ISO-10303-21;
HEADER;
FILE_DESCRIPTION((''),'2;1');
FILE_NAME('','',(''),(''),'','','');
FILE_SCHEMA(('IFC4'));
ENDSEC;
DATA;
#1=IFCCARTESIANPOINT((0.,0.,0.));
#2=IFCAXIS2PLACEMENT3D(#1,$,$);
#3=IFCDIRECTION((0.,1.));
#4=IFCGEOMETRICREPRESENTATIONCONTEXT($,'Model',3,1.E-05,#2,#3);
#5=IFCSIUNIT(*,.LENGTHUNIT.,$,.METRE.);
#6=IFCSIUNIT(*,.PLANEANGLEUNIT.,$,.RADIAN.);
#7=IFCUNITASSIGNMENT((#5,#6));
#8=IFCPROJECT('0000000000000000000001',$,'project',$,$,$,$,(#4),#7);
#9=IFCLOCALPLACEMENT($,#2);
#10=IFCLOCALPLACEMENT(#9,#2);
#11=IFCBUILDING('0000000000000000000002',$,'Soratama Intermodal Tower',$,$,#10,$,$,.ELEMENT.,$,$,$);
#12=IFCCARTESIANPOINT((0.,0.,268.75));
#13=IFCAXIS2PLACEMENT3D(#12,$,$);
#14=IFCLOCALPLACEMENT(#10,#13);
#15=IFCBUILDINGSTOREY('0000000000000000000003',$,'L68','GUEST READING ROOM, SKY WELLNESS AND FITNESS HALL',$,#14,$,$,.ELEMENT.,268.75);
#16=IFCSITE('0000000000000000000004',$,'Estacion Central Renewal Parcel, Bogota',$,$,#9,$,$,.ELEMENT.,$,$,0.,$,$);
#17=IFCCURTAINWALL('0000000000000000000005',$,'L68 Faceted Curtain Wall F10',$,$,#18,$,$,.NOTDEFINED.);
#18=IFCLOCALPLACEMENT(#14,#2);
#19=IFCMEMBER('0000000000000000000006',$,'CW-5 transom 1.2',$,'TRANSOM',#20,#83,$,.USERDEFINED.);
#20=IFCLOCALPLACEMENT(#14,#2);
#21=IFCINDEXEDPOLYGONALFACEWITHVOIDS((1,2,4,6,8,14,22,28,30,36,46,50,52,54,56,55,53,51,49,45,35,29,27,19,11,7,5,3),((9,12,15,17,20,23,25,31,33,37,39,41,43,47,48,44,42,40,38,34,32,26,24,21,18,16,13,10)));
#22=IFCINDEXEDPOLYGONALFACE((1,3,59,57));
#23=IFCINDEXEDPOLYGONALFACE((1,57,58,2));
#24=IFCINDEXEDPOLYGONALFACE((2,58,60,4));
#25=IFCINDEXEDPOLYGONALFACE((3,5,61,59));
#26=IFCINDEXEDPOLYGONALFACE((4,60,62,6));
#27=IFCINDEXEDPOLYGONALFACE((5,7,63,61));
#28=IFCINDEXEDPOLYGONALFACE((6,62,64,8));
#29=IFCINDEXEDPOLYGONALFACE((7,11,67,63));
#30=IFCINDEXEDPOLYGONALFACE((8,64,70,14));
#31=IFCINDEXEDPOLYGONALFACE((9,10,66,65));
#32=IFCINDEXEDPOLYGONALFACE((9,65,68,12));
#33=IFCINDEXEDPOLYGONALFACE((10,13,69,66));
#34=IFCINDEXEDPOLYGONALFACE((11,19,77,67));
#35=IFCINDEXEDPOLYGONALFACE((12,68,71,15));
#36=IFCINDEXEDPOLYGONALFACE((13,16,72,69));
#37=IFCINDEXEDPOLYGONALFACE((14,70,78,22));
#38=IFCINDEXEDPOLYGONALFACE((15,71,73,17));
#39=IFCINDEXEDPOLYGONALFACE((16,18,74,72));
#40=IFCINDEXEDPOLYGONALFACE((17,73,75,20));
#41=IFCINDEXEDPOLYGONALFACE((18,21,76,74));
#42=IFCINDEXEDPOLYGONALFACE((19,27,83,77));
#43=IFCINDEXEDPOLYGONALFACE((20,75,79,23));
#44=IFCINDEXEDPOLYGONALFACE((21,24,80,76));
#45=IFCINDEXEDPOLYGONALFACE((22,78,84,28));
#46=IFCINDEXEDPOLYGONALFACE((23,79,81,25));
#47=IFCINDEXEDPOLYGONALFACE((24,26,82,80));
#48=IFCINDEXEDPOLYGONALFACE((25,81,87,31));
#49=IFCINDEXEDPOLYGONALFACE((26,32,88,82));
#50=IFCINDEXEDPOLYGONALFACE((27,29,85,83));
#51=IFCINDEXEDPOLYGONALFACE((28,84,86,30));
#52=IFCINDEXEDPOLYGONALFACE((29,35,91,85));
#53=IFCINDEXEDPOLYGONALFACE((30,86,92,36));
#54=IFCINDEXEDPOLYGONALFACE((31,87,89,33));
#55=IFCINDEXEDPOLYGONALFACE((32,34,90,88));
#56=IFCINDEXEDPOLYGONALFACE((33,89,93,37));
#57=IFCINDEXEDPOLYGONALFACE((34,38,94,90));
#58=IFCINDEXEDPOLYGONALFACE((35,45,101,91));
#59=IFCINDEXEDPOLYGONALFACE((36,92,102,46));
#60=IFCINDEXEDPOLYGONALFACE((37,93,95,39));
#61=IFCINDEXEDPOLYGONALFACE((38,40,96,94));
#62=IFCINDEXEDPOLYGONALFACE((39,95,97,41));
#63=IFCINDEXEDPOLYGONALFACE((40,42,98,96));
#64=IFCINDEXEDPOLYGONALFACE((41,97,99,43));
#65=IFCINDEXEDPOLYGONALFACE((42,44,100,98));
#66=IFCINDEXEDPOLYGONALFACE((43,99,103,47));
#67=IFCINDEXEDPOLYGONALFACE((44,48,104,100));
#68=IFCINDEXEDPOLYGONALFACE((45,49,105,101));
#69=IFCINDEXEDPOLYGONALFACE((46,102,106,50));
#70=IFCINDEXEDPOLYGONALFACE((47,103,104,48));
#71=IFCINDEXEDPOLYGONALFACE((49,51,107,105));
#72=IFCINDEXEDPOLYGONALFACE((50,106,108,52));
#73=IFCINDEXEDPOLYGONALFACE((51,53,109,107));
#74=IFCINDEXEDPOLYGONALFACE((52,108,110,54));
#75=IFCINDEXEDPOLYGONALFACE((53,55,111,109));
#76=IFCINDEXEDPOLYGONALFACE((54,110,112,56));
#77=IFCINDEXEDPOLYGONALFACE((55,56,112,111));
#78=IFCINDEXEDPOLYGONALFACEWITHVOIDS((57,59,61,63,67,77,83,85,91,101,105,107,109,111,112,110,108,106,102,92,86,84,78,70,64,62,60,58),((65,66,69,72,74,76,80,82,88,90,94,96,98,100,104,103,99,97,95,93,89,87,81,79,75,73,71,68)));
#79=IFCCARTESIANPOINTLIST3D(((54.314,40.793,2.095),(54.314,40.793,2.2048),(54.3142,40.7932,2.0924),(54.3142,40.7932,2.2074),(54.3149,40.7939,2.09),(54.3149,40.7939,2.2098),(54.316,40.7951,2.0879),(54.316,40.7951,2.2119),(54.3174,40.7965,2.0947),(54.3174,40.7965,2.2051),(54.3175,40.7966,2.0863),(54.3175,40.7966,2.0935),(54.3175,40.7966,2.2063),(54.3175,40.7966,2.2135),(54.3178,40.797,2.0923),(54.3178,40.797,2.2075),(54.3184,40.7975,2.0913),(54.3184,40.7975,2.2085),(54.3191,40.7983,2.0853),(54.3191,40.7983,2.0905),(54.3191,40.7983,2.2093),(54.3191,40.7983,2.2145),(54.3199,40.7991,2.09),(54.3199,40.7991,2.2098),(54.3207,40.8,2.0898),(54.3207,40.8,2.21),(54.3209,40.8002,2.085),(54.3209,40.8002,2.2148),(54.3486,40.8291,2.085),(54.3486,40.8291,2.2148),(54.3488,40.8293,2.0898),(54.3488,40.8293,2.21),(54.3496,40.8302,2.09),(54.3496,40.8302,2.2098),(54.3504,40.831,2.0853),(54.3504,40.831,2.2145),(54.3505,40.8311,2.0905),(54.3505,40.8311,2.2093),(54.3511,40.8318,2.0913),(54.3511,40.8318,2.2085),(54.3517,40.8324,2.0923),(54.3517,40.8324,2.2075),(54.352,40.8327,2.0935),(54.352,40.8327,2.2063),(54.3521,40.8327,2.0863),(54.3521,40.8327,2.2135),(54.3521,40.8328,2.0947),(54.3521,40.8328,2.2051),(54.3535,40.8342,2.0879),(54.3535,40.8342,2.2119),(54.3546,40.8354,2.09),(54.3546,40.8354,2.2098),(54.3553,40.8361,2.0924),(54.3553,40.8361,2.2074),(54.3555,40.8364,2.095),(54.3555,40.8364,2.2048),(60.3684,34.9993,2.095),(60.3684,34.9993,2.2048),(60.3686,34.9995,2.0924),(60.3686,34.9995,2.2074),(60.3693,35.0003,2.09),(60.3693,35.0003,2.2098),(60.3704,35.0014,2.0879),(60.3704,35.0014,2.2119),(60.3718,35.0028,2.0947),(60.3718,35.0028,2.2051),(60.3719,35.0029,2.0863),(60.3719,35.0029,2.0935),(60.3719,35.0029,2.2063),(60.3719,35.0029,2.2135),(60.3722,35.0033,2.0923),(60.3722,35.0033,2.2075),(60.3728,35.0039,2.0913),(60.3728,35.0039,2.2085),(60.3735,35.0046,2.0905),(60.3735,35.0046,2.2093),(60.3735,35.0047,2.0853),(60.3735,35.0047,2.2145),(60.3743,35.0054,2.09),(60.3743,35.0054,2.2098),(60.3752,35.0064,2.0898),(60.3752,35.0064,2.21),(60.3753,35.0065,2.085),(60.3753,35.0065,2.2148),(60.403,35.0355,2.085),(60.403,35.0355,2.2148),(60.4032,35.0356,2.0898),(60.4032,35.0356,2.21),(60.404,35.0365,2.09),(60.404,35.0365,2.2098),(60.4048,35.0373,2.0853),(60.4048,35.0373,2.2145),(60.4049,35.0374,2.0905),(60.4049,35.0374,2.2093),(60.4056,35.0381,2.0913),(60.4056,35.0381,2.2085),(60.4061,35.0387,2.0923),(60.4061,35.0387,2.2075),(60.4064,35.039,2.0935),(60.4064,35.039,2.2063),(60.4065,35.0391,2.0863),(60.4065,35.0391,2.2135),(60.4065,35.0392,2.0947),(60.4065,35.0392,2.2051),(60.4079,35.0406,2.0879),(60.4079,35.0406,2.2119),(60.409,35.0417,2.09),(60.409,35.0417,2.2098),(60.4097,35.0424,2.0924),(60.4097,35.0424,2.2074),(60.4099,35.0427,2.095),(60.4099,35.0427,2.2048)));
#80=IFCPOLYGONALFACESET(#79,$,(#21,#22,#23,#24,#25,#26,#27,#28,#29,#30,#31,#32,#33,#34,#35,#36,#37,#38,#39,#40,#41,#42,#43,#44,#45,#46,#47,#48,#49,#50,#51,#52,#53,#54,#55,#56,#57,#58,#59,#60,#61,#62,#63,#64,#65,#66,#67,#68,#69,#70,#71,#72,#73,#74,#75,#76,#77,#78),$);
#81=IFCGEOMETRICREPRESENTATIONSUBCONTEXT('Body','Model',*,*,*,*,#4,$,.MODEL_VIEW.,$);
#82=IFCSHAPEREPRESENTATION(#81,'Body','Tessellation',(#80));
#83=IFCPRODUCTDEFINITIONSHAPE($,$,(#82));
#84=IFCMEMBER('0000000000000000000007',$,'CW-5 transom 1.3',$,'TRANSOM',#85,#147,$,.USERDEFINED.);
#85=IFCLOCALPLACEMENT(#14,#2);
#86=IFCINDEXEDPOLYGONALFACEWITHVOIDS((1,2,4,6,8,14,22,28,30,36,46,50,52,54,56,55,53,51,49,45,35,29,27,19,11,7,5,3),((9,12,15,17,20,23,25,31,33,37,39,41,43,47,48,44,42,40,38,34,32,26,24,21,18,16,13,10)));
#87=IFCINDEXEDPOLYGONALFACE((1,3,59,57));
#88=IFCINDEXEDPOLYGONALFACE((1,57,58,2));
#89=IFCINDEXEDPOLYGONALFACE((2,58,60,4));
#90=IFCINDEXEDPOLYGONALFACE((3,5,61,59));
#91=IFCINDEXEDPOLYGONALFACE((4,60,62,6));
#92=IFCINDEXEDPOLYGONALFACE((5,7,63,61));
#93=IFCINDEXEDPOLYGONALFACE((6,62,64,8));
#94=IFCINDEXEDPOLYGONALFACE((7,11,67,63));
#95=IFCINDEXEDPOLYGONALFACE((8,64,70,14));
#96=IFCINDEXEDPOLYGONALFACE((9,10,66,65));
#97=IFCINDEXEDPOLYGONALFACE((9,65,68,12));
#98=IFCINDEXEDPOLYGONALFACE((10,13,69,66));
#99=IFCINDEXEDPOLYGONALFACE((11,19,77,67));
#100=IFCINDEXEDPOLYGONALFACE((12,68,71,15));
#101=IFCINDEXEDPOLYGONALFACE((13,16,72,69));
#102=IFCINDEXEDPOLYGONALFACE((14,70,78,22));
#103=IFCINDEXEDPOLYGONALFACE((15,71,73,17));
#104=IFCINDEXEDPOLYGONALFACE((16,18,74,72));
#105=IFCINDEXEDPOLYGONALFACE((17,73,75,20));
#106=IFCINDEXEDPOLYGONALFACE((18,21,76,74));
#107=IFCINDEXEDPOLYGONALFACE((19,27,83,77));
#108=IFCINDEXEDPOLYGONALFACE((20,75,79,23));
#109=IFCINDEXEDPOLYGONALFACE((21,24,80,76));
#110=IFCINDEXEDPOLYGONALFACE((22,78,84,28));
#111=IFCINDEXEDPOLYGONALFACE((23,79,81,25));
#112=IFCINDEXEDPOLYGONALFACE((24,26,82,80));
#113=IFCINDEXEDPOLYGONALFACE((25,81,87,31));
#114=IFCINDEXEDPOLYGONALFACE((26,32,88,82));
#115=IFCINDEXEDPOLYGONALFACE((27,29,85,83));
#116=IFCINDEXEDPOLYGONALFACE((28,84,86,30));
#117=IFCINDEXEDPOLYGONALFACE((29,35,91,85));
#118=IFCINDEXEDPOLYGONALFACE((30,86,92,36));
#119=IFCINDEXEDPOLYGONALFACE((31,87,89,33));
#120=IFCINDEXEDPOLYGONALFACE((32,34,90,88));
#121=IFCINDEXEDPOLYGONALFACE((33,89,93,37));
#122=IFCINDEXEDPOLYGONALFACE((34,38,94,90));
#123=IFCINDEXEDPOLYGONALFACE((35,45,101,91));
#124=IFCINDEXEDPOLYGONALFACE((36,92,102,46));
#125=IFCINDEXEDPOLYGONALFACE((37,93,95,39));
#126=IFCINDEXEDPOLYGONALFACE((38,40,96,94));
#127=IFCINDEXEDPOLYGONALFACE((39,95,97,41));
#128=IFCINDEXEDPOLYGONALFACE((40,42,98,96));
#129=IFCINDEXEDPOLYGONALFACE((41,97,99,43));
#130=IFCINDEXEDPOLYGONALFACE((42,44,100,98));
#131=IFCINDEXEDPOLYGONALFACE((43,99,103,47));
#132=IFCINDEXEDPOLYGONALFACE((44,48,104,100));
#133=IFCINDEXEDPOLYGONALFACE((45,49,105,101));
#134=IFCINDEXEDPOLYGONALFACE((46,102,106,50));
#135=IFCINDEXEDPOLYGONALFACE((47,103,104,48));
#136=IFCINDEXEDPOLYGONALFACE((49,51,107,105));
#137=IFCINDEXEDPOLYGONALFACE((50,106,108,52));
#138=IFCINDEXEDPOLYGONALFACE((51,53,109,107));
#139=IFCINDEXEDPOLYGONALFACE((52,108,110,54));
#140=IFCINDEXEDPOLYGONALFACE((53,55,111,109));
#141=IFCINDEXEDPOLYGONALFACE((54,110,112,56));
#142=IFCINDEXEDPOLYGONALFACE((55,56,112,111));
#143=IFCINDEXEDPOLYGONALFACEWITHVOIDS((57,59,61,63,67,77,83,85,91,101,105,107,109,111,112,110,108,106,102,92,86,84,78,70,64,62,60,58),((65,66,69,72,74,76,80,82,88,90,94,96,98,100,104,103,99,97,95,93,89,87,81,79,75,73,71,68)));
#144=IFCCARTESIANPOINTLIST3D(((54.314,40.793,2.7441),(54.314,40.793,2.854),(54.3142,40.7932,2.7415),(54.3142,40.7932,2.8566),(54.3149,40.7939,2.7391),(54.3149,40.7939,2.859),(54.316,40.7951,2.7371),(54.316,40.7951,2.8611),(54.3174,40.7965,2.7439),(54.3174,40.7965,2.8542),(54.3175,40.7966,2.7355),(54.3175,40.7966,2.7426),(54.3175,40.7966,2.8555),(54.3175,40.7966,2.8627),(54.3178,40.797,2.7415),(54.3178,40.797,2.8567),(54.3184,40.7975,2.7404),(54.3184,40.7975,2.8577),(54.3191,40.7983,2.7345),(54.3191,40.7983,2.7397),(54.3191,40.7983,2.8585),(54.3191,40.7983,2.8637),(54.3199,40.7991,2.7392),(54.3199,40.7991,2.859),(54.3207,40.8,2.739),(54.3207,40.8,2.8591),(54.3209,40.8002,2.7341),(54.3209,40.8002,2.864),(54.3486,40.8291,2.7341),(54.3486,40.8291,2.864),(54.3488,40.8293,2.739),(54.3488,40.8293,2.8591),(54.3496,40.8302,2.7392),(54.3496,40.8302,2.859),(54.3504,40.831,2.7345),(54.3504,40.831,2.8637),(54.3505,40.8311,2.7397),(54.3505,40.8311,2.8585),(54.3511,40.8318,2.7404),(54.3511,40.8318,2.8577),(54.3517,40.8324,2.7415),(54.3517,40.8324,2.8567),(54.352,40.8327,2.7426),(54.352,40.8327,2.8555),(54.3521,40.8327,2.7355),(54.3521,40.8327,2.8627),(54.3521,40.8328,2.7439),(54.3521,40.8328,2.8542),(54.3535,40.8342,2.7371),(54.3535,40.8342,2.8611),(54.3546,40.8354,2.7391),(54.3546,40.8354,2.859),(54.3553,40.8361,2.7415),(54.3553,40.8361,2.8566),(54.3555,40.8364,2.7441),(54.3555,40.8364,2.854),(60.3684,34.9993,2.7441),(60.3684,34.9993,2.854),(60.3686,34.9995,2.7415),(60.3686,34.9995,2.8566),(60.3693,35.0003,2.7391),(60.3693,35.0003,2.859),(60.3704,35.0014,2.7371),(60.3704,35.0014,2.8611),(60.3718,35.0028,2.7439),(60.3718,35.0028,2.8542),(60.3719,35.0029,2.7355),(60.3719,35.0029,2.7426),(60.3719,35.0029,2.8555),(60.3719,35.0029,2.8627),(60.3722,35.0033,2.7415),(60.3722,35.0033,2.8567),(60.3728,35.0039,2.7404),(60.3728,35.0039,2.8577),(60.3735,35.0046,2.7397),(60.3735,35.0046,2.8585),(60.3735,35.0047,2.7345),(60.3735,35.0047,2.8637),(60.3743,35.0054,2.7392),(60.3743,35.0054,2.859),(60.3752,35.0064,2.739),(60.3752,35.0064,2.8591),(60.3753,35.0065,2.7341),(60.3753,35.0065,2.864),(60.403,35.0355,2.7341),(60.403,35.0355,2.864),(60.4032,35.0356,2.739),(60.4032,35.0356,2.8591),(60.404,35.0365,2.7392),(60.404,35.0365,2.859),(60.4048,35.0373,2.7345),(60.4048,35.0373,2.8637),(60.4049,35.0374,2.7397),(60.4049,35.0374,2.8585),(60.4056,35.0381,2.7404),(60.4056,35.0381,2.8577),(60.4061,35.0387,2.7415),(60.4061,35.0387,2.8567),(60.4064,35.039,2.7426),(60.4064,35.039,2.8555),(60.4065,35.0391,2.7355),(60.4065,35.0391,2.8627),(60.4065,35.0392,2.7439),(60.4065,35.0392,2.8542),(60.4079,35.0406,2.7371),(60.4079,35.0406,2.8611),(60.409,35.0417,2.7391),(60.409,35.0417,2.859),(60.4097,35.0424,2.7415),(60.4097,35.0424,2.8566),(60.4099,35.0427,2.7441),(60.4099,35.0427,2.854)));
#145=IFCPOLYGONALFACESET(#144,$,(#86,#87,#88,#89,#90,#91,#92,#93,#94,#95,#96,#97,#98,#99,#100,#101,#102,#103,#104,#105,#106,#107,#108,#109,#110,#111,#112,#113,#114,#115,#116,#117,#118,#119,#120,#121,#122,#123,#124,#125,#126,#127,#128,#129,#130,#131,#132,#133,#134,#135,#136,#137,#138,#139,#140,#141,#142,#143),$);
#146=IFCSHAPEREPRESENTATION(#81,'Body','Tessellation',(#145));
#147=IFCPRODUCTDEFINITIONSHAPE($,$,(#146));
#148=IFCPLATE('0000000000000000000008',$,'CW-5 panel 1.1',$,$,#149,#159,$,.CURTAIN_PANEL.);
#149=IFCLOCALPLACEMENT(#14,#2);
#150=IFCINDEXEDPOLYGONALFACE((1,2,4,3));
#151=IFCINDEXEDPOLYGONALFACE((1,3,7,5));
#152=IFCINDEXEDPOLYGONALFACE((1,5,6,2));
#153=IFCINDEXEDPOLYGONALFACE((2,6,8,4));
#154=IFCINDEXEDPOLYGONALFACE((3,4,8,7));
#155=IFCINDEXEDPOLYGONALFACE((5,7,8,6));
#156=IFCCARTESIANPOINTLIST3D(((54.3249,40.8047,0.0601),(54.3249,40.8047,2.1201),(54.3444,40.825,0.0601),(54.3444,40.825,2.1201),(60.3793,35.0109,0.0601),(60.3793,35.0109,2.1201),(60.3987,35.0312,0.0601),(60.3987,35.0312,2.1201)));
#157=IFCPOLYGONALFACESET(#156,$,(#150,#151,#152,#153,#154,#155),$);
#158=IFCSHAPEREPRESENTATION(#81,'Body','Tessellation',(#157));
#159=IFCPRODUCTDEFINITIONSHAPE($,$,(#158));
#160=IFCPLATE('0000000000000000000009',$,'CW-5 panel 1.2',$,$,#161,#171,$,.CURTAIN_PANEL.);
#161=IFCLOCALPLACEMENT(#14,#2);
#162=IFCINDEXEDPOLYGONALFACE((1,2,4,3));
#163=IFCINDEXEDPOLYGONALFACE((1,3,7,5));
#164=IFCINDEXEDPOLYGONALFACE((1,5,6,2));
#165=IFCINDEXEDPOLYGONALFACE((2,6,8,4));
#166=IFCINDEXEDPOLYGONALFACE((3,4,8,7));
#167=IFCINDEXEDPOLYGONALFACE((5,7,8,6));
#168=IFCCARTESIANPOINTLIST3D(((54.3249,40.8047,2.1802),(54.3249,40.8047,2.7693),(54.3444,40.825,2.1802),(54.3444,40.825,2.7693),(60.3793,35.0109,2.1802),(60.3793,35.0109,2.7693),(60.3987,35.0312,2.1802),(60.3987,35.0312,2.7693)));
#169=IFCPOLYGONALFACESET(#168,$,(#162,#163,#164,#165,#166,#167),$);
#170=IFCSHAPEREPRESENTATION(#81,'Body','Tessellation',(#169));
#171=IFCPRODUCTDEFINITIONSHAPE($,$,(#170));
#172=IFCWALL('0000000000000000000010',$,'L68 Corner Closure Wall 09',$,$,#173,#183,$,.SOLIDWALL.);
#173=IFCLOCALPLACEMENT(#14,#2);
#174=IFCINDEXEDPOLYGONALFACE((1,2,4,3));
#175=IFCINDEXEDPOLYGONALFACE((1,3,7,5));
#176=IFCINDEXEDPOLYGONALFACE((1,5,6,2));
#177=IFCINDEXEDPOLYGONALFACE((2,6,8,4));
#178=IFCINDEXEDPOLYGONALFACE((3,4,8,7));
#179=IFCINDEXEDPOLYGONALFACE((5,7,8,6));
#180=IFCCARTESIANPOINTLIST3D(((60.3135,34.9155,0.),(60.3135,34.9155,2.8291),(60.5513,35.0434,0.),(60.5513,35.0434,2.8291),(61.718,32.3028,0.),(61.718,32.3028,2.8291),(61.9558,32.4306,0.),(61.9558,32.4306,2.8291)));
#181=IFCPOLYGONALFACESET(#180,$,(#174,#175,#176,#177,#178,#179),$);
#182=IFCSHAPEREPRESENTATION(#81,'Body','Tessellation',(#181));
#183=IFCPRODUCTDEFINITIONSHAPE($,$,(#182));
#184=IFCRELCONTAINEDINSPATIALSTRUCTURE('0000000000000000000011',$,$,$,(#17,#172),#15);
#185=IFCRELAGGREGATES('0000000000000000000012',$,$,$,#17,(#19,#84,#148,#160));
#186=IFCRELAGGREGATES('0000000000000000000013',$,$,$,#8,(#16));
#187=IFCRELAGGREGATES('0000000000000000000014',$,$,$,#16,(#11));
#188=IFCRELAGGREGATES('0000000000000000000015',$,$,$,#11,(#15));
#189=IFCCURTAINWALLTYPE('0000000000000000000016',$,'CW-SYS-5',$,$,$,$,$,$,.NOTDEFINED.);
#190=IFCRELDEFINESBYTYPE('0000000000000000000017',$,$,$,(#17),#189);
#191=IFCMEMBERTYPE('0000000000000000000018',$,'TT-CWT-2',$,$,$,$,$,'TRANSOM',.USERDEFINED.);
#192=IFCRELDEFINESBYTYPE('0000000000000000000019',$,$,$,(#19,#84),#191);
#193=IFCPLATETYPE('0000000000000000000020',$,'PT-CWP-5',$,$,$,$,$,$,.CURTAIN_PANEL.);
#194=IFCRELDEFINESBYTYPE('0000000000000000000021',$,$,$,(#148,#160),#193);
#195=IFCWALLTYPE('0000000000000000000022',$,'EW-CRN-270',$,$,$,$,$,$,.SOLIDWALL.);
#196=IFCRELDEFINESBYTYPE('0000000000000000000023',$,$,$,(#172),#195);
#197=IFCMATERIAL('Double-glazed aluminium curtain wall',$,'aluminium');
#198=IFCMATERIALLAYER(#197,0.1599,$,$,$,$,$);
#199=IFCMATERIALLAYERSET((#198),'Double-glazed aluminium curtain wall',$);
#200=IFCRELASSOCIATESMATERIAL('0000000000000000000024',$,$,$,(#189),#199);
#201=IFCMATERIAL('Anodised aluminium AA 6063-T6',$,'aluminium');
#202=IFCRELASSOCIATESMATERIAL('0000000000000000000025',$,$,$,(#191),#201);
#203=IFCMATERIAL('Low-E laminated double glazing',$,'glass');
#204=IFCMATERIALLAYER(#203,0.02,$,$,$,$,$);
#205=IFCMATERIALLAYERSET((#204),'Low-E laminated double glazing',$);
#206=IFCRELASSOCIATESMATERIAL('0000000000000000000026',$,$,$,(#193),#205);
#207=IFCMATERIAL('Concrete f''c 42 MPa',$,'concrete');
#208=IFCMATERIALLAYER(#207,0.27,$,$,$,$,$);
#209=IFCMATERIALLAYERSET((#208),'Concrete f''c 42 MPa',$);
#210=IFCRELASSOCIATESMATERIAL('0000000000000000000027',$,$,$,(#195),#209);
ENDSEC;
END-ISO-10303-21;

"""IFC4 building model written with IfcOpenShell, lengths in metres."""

from ifc_helpers import new_model, si_unit, direction, frame, frame_2d, origin, origin_2d, place, context, subcontext, project, spatial, rectangle, hollow_rectangle, extrude, material, layer, layer_set, material_profile, profile_set, type_object, element, aggregate, save


model = new_model("IFC4")

# Units and contexts
model_context = context("Model", 3, precision=1e-05, world=origin(), true_north=direction((0.0, 1.0)))
body_context = subcontext(model_context, "Body", "Model", "MODEL_VIEW")
ifc_project = project(units=[si_unit("LENGTHUNIT", "METRE"), si_unit("PLANEANGLEUNIT", "RADIAN")], contexts=[model_context])

# Site, building, storey
site_placement = place(None, origin())
site = spatial("IfcSite", under=ifc_project, at=site_placement, Name="Estacion Central Renewal Parcel, Bogota", CompositionType="ELEMENT", RefElevation=0.0)
building_placement = place(site_placement, origin())
building = spatial("IfcBuilding", under=site, at=building_placement, Name="Soratama Intermodal Tower", CompositionType="ELEMENT")
storey_placement = place(building_placement, frame((0.0, 0.0, 268.75)))
storey = spatial("IfcBuildingStorey", under=building, at=storey_placement, Name="L68", Description="GUEST READING ROOM, SKY WELLNESS AND FITNESS HALL", CompositionType="ELEMENT", Elevation=268.75)

# Curtain wall, members, plates
ifc_material_1 = material(Name="Double-glazed aluminium curtain wall", Category="aluminium")
ifc_layer_1 = layer(ifc_material_1, 0.1599)
ifc_layer_set_1 = layer_set([ifc_layer_1], Name="Double-glazed aluminium curtain wall")
curtain_wall_type = type_object("IfcCurtainWallType", Name="CW-SYS-5", PredefinedType="NOTDEFINED", material=ifc_layer_set_1)
curtain_wall_placement = place(storey_placement, origin())
curtain_wall = element("IfcCurtainWall", 1, at=curtain_wall_placement, inside=storey, type_object=curtain_wall_type, Name="L68 Faceted Curtain Wall F10", PredefinedType="NOTDEFINED")
ifc_material_2 = material(Name="Anodised aluminium AA 6063-T6", Category="aluminium")
ifc_material_profile_1 = material_profile(ifc_material_2, hollow_rectangle(XDim=0.0601, YDim=0.1299, WallThickness=0.0049, InnerFilletRadius=0.0049, OuterFilletRadius=0.01, at=origin_2d()), Name="CWT130X60X5")
ifc_profile_set_1 = profile_set([ifc_material_profile_1], Name="Anodised aluminium AA 6063-T6")
member_type_1 = type_object("IfcMemberType", Name="TT-CWT-2", ElementType="TRANSOM", PredefinedType="USERDEFINED", material=ifc_profile_set_1)
member_1_placement = place(storey_placement, frame((60.3892, 35.021, 2.1499), z_axis=(-0.722493, 0.691378, 0.0), x_axis=(-0.691378, -0.722493, 0.0)))
member_1 = element("IfcMember", 2, at=member_1_placement, type_object=member_type_1, Name="CW-5 transom 1.2", ObjectType="TRANSOM", PredefinedType="USERDEFINED", context=body_context, shape_type="SweptSolid", body=[
    extrude(hollow_rectangle(XDim=0.0601, YDim=0.1299, WallThickness=0.0049, InnerFilletRadius=0.0049, OuterFilletRadius=0.01, at=origin_2d()), origin(), (0.0, 0.0, 1.0), 8.3799),
])
member_2_placement = place(storey_placement, frame((60.3892, 35.021, 2.7991), z_axis=(-0.722493, 0.691378, 0.0), x_axis=(-0.691378, -0.722493, 0.0)))
member_2 = element("IfcMember", 3, at=member_2_placement, type_object=member_type_1, Name="CW-5 transom 1.3", ObjectType="TRANSOM", PredefinedType="USERDEFINED", context=body_context, shape_type="SweptSolid", body=[
    extrude(hollow_rectangle(XDim=0.0601, YDim=0.1299, WallThickness=0.0049, InnerFilletRadius=0.0049, OuterFilletRadius=0.01, at=origin_2d()), origin(), (0.0, 0.0, 1.0), 8.3799),
])
ifc_material_3 = material(Name="Low-E laminated double glazing", Category="glass")
ifc_layer_2 = layer(ifc_material_3, 0.02)
ifc_layer_set_2 = layer_set([ifc_layer_2], Name="Low-E laminated double glazing")
plate_type = type_object("IfcPlateType", Name="PT-CWP-5", PredefinedType="CURTAIN_PANEL", material=ifc_layer_set_2)
plate_1_placement = place(storey_placement, frame((57.3618, 37.918, 0.0601), z_axis=(0.0, 0.0, 1.0), x_axis=(-0.722483, 0.691389, 0.0)))
plate_1 = element("IfcPlate", 4, at=plate_1_placement, type_object=plate_type, Name="CW-5 panel 1.1", PredefinedType="CURTAIN_PANEL", context=body_context, shape_type="SweptSolid", body=[
    extrude(rectangle(XDim=8.3799, YDim=0.0281, at=origin_2d()), origin(), (0.0, 0.0, 1.0), 2.0601),
])
plate_2_placement = place(storey_placement, frame((57.3618, 37.918, 2.1802), z_axis=(0.0, 0.0, 1.0), x_axis=(-0.722483, 0.691389, 0.0)))
plate_2 = element("IfcPlate", 5, at=plate_2_placement, type_object=plate_type, Name="CW-5 panel 1.2", PredefinedType="CURTAIN_PANEL", context=body_context, shape_type="SweptSolid", body=[
    extrude(rectangle(XDim=8.3799, YDim=0.0281, at=origin_2d()), origin(), (0.0, 0.0, 1.0), 0.5891),
])
aggregate(curtain_wall, [member_1, member_2, plate_1, plate_2])

# Wall
ifc_material_4 = material(Name="Concrete f'c 42 MPa", Category="concrete")
ifc_layer_3 = layer(ifc_material_4, 0.27)
ifc_layer_set_3 = layer_set([ifc_layer_3], Name="Concrete f'c 42 MPa")
wall_type_1 = type_object("IfcWallType", Name="EW-CRN-270", PredefinedType="SOLIDWALL", material=ifc_layer_set_3)
wall_1_placement = place(storey_placement, frame((61.8369, 32.3667, 0.0), z_axis=(0.0, 0.0, 1.0), x_axis=(-0.473486, 0.880801, 0.0)))
element("IfcWall", 6, at=wall_1_placement, inside=storey, type_object=wall_type_1, Name="L68 Corner Closure Wall 09", PredefinedType="SOLIDWALL", context=body_context, shape_type="SweptSolid", body=[
    extrude(rectangle(XDim=2.9663, YDim=0.27, at=frame_2d((1.4832, 0.0))), origin(), (0.0, 0.0, 1.0), 2.8291),
])

save(model, "model.ifc")
